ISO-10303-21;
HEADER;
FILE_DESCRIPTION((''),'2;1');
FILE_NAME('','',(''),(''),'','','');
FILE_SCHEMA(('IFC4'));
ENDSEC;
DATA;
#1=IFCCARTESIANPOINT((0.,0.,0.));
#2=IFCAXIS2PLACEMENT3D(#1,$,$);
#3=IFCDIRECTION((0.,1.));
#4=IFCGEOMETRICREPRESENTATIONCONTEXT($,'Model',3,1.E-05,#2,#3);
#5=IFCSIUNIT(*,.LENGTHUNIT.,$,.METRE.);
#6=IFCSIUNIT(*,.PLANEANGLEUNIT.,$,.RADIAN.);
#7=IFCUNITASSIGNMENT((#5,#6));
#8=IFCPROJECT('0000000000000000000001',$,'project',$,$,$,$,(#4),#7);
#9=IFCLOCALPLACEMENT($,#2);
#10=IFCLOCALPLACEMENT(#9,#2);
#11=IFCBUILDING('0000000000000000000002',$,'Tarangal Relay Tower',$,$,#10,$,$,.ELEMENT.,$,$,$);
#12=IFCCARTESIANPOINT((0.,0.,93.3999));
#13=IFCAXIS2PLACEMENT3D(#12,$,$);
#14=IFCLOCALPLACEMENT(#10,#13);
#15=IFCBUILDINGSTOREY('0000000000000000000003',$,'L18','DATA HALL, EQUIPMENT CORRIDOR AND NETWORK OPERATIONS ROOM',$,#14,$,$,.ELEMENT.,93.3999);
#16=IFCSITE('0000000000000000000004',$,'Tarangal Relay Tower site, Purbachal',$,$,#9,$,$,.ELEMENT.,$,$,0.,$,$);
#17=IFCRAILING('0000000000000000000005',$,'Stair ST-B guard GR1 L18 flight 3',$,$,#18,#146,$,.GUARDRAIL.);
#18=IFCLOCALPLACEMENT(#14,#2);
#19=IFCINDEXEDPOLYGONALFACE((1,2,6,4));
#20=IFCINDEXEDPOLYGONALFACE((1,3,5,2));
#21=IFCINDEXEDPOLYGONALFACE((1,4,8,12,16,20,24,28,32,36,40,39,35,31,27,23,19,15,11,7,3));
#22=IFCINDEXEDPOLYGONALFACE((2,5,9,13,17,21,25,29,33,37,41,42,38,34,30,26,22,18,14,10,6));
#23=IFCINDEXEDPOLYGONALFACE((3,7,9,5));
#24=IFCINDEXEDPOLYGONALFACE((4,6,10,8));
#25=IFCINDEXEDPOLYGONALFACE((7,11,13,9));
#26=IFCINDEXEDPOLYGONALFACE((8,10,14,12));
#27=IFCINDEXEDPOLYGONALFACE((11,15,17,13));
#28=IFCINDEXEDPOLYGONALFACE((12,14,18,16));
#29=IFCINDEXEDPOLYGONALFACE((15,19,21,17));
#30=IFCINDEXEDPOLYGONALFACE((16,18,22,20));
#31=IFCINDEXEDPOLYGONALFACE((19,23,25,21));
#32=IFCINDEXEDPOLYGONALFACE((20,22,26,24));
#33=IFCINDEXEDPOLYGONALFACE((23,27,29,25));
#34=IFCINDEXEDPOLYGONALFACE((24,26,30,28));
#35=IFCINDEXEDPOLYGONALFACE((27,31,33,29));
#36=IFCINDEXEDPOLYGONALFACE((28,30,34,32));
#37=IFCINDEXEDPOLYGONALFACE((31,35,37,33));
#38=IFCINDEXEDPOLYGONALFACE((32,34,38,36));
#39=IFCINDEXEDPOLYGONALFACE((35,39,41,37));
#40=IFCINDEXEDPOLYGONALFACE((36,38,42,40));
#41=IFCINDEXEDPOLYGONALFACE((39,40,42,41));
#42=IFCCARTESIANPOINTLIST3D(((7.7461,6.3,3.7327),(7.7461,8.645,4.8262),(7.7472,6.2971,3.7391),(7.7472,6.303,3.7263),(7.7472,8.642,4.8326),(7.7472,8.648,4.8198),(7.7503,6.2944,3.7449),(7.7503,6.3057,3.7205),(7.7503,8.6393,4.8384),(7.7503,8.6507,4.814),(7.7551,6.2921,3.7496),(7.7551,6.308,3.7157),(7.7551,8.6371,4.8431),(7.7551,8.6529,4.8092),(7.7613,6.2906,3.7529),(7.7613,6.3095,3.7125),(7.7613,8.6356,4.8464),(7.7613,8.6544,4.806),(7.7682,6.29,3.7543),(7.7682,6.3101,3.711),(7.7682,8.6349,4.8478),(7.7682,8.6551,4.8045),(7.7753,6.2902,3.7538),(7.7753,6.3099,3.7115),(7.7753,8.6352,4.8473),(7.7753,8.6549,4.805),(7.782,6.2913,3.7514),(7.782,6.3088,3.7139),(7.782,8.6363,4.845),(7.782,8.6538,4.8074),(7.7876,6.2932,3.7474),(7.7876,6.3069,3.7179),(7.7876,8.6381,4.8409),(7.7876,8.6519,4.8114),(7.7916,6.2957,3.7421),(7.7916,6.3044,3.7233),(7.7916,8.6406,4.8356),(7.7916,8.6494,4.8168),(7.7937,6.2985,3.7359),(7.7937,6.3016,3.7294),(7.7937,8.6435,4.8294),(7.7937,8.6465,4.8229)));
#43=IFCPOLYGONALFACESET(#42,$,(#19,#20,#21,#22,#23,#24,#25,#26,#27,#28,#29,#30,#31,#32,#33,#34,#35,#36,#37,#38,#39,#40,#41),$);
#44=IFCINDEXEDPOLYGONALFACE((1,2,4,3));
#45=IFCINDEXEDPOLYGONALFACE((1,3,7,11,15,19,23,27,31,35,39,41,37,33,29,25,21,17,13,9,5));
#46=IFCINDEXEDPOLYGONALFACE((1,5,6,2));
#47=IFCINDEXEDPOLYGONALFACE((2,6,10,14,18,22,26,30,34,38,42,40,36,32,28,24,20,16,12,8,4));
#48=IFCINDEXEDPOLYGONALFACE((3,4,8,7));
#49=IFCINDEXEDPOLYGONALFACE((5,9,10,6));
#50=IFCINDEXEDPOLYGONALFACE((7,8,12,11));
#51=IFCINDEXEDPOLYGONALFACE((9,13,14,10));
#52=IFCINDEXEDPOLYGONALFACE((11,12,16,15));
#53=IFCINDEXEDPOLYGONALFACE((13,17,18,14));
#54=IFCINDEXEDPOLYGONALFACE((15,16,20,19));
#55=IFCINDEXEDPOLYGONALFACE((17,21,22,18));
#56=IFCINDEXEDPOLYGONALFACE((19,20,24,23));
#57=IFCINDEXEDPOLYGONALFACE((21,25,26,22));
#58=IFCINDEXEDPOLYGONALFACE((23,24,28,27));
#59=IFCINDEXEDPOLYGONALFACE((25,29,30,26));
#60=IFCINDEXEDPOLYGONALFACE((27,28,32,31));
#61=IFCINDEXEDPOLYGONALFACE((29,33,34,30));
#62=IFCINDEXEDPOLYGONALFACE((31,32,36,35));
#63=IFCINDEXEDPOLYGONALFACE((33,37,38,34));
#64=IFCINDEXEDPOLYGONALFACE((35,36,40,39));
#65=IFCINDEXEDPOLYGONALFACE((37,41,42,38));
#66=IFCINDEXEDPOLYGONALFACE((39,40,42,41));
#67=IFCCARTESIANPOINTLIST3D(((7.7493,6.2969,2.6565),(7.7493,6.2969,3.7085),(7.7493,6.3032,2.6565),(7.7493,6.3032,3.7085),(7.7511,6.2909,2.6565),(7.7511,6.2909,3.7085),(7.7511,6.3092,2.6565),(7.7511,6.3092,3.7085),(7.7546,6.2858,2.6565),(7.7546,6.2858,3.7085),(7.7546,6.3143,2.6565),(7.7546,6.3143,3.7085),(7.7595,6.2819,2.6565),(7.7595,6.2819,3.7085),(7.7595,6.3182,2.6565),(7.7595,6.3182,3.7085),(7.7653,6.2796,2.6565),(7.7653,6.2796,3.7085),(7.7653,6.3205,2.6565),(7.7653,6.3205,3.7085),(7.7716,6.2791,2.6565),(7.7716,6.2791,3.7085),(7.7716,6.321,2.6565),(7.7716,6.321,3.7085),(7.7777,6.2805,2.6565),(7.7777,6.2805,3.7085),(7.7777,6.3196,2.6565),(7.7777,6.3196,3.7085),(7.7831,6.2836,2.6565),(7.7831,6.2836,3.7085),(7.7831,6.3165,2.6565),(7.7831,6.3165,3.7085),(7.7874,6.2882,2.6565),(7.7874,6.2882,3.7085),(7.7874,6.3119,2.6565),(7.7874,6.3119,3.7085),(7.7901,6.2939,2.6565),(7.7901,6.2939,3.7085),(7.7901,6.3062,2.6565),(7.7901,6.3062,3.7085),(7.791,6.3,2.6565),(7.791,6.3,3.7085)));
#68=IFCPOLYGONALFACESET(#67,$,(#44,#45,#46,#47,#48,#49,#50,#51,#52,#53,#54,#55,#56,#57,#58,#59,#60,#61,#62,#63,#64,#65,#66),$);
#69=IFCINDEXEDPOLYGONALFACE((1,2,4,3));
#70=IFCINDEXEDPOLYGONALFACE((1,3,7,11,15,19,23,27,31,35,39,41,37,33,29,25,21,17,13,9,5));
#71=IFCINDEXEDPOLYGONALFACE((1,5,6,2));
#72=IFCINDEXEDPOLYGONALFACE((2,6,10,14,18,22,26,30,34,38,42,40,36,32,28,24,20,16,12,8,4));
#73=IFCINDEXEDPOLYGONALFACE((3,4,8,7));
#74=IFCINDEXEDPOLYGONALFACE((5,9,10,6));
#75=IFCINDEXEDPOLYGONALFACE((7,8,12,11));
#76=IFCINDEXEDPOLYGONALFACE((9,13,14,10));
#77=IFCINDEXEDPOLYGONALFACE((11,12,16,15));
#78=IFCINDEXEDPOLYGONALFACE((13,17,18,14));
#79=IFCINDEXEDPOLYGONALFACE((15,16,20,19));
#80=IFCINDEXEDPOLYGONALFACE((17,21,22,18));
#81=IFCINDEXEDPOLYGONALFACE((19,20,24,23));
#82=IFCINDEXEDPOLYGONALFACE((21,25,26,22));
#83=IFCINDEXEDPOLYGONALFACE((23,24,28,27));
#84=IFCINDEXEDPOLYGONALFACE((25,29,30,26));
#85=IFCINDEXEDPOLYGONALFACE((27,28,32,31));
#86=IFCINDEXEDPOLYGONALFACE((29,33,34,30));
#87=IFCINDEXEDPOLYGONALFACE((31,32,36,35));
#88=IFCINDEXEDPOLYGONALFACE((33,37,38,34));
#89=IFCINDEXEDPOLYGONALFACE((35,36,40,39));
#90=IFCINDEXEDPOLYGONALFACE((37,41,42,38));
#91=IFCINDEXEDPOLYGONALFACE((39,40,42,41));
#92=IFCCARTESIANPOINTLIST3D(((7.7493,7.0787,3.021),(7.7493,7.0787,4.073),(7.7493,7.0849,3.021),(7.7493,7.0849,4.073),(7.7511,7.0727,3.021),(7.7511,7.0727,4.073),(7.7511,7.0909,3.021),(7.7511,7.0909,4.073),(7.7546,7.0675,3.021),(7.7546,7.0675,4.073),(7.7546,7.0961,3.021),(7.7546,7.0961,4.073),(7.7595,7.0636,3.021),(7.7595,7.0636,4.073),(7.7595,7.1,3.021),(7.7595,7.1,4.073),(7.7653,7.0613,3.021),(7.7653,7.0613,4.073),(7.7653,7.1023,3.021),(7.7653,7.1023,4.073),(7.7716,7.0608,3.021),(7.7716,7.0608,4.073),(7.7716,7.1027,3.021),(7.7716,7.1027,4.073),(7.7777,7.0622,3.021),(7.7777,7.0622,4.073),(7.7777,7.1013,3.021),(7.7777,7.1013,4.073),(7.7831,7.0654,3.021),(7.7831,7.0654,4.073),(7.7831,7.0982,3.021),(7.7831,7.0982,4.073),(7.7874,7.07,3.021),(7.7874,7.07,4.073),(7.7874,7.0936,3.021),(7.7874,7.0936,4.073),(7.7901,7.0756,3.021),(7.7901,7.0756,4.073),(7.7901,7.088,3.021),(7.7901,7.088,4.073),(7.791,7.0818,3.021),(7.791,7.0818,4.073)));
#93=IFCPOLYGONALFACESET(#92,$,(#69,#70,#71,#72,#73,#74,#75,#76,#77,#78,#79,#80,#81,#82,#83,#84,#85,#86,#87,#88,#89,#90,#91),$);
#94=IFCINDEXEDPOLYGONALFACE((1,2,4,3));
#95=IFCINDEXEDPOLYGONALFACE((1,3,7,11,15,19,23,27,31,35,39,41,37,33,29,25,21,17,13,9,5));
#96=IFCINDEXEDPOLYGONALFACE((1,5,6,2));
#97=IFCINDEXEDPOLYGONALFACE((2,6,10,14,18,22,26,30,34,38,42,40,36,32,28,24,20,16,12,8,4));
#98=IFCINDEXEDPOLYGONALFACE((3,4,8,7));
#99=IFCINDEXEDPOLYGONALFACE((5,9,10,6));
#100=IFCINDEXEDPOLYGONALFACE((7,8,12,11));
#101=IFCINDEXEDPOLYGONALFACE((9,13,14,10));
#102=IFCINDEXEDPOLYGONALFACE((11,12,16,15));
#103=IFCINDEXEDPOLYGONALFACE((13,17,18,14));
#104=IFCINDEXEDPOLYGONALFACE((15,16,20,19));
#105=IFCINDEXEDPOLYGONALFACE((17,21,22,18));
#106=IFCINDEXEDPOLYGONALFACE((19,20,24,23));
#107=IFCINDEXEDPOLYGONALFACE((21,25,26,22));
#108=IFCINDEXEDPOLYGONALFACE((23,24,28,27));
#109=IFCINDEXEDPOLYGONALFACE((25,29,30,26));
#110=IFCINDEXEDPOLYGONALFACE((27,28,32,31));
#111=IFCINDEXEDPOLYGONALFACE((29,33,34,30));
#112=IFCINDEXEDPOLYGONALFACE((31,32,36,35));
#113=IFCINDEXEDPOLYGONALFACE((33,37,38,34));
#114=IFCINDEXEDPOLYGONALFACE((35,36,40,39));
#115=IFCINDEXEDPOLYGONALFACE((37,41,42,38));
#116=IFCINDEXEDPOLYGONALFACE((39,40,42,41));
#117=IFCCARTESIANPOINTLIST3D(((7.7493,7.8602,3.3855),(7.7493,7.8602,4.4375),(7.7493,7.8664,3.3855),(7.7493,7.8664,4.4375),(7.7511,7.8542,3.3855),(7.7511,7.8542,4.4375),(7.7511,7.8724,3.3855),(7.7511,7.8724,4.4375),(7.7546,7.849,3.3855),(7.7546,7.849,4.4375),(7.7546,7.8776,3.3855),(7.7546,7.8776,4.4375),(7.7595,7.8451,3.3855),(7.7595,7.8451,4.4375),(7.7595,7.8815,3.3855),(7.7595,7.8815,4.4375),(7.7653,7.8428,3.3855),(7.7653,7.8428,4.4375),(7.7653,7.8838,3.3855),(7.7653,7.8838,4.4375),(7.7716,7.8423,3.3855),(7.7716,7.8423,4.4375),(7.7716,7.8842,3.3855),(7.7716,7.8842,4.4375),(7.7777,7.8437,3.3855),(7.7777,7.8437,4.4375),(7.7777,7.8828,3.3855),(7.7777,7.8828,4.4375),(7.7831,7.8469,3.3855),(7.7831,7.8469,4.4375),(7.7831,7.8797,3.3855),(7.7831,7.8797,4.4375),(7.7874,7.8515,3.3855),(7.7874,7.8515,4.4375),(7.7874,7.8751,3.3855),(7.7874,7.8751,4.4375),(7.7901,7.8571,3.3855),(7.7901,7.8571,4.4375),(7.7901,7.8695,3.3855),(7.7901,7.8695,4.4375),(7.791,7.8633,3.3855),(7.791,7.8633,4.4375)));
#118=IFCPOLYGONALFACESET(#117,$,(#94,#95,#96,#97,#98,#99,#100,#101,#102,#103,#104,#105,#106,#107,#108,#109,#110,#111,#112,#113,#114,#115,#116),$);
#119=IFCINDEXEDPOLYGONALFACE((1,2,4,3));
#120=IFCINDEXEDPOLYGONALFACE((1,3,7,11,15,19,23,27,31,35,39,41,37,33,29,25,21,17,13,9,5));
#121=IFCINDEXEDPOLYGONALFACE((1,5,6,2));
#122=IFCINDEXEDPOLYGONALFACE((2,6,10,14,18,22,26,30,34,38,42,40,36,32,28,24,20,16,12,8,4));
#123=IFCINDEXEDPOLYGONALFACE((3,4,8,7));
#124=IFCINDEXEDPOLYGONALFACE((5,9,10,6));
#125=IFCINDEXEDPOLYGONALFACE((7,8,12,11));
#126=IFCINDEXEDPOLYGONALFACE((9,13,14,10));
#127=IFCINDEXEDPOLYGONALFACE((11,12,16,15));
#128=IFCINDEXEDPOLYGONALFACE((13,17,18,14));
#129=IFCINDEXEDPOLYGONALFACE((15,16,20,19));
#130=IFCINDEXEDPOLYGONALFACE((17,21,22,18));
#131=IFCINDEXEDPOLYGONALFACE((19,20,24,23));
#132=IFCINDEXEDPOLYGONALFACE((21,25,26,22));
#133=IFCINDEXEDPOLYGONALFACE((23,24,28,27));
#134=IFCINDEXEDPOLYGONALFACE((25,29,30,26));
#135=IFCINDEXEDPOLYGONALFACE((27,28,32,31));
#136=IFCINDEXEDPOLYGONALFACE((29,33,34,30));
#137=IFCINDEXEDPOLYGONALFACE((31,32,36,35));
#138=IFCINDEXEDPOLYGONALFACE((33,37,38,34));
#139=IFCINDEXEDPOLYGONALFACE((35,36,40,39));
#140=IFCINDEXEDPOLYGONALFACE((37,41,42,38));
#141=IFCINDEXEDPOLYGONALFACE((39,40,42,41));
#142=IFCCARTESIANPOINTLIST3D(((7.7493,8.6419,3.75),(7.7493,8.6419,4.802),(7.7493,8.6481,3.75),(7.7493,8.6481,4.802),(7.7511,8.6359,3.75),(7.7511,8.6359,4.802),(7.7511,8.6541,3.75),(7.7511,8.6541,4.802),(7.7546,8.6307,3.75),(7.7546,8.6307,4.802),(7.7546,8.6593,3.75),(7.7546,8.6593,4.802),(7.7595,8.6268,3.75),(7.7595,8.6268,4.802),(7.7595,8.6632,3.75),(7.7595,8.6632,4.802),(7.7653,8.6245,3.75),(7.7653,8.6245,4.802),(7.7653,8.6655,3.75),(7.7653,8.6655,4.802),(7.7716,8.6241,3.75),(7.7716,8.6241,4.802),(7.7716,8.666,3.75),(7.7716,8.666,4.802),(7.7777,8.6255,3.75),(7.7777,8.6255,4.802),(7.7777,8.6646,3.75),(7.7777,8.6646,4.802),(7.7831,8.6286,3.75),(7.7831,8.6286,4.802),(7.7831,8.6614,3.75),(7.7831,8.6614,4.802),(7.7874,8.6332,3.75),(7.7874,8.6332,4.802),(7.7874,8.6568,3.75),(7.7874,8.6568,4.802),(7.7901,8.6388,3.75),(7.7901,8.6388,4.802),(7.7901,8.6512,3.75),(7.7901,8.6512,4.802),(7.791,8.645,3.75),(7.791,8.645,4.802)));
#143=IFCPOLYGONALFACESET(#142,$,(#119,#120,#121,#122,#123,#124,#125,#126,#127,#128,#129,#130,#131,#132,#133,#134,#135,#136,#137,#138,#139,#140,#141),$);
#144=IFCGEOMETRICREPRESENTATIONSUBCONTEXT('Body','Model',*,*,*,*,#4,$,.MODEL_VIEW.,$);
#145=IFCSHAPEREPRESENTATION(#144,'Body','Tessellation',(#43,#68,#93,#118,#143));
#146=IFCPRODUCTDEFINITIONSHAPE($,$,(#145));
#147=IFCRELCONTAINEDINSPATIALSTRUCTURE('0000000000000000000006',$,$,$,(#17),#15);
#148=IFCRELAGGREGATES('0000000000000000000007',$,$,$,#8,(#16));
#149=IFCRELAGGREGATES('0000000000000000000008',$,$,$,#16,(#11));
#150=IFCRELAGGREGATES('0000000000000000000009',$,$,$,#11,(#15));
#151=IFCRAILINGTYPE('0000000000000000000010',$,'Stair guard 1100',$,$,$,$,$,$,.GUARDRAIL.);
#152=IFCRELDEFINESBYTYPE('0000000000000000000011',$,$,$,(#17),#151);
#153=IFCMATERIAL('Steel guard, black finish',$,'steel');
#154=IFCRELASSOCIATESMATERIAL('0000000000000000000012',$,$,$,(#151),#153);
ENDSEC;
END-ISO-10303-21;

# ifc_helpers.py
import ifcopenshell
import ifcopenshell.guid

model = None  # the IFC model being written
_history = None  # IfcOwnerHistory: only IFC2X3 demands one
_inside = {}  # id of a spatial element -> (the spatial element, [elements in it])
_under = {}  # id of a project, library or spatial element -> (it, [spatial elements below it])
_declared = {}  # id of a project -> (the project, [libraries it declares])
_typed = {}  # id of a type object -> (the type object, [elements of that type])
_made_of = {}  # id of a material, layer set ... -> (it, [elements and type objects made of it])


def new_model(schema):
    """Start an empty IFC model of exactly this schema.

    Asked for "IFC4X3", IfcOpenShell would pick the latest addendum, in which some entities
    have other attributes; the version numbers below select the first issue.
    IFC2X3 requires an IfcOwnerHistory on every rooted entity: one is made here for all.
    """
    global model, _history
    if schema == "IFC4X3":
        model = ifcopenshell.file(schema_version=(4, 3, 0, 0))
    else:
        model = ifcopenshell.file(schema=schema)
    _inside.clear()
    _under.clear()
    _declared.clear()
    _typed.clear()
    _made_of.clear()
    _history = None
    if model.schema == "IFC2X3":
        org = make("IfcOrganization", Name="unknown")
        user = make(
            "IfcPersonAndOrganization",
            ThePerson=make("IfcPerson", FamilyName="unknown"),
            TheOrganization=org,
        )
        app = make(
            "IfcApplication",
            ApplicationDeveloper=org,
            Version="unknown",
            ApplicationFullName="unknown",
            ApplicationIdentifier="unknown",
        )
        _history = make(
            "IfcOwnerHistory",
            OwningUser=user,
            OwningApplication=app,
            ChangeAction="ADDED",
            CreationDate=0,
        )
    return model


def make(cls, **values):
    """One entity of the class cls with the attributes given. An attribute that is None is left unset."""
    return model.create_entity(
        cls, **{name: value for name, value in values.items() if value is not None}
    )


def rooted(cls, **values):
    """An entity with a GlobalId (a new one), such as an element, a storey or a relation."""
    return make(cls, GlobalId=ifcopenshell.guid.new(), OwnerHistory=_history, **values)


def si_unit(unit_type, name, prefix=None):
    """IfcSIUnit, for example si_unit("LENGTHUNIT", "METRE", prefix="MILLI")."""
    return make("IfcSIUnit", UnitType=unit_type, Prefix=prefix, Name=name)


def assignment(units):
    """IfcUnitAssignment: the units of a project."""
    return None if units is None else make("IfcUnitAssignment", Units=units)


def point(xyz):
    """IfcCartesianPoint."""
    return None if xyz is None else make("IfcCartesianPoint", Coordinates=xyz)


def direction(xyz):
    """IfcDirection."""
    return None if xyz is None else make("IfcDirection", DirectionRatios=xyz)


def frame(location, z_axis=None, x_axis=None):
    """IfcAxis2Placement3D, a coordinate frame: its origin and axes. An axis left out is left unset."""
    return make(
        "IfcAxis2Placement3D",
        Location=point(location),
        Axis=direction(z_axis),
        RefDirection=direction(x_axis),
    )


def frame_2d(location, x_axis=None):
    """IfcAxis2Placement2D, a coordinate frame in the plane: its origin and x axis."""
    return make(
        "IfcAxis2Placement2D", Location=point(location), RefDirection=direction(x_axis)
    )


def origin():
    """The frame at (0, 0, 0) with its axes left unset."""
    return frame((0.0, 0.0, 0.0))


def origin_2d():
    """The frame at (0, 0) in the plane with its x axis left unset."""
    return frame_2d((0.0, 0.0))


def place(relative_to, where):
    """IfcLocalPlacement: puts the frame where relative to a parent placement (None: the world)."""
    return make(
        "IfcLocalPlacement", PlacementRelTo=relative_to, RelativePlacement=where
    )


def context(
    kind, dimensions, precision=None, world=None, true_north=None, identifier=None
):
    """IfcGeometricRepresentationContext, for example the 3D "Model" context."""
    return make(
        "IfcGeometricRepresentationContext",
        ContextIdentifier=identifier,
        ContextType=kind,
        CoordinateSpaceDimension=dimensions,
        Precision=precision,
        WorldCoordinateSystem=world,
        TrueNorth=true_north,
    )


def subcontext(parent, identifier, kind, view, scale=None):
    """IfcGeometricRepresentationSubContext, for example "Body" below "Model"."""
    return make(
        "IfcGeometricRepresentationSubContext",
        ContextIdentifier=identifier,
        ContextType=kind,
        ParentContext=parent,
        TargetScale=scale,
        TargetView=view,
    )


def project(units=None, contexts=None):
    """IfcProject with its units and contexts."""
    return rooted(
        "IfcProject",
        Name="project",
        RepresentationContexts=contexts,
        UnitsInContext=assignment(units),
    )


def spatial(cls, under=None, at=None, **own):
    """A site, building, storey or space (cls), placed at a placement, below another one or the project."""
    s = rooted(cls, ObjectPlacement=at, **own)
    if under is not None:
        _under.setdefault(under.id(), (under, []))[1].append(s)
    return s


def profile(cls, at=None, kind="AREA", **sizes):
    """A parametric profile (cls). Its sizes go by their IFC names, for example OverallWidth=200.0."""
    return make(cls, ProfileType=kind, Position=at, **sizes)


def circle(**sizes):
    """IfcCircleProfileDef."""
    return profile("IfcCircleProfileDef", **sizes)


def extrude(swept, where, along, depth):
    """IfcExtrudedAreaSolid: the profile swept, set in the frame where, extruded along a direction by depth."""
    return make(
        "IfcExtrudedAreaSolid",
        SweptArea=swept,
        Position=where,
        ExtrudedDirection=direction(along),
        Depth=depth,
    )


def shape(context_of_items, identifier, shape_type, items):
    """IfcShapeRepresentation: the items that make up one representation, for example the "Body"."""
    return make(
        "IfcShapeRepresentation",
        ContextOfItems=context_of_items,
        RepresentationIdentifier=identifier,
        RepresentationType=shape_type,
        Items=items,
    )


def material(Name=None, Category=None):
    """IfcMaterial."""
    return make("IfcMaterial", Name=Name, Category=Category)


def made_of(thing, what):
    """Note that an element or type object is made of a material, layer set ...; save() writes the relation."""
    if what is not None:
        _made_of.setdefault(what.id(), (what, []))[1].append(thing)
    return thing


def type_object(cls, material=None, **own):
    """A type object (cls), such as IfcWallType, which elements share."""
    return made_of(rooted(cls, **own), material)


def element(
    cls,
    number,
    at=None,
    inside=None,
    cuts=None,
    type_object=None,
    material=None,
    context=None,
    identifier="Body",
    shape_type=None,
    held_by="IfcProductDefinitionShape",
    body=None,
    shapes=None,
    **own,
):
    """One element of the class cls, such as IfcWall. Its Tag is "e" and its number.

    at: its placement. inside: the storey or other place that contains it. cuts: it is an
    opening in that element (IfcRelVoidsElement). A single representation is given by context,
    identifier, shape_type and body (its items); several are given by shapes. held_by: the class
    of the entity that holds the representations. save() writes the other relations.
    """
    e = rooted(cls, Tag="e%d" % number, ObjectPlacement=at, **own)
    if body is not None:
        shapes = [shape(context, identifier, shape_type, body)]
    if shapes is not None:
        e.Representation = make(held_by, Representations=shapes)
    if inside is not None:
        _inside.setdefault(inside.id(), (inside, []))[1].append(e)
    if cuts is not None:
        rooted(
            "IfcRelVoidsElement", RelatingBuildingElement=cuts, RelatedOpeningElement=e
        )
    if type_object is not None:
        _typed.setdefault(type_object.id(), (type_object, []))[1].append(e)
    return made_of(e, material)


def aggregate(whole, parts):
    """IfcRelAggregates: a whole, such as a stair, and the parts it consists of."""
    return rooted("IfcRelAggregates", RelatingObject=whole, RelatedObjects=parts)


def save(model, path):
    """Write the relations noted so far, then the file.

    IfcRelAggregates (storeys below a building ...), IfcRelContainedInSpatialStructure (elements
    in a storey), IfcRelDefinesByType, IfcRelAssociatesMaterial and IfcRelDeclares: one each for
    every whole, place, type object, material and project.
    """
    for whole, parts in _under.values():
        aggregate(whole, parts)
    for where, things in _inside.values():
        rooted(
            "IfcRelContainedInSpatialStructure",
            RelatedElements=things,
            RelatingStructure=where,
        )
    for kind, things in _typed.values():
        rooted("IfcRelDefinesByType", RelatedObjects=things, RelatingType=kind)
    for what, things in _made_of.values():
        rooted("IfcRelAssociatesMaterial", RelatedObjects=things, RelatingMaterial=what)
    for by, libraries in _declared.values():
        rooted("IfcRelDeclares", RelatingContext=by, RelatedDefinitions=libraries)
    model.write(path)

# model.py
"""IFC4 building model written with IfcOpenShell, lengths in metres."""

from ifc_helpers import new_model, si_unit, direction, frame, origin, origin_2d, place, context, subcontext, project, spatial, circle, extrude, material, type_object, element, save


model = new_model("IFC4")

# Units and contexts
model_context = context("Model", 3, precision=1e-05, world=origin(), true_north=direction((0.0, 1.0)))
body_context = subcontext(model_context, "Body", "Model", "MODEL_VIEW")
ifc_project = project(units=[si_unit("LENGTHUNIT", "METRE"), si_unit("PLANEANGLEUNIT", "RADIAN")], contexts=[model_context])

# Site, building, storey
site_placement = place(None, origin())
site = spatial("IfcSite", under=ifc_project, at=site_placement, Name="Tarangal Relay Tower site, Purbachal", CompositionType="ELEMENT", RefElevation=0.0)
building_placement = place(site_placement, origin())
building = spatial("IfcBuilding", under=site, at=building_placement, Name="Tarangal Relay Tower", CompositionType="ELEMENT")
storey_placement = place(building_placement, frame((0.0, 0.0, 93.3999)))
storey = spatial("IfcBuildingStorey", under=building, at=storey_placement, Name="L18", Description="DATA HALL, EQUIPMENT CORRIDOR AND NETWORK OPERATIONS ROOM", CompositionType="ELEMENT", Elevation=93.3999)

# Railing
ifc_material_1 = material(Name="Steel guard, black finish", Category="steel")
railing_type_1 = type_object("IfcRailingType", Name="Stair guard 1100", PredefinedType="GUARDRAIL", material=ifc_material_1)
railing_1_placement = place(storey_placement, frame((7.77, 6.3, 2.6565)))
element("IfcRailing", 1, at=railing_1_placement, inside=storey, type_object=railing_type_1, Name="Stair ST-B guard GR1 L18 flight 3", PredefinedType="GUARDRAIL", context=body_context, shape_type="SweptSolid", body=[
    extrude(circle(Radius=0.0239, at=origin_2d()), frame((0.0, 0.0, 1.0762), z_axis=(0.0, 0.906304, 0.422627), x_axis=(-1.0, 0.0, 0.0)), (0.0, 0.0, 1.0), 2.5874),
    extrude(circle(Radius=0.021, at=origin_2d()), origin(), (0.0, 0.0, 1.0), 1.052),
    extrude(circle(Radius=0.021, at=origin_2d()), frame((0.0, 0.7817, 0.3645)), (0.0, 0.0, 1.0), 1.052),
    extrude(circle(Radius=0.021, at=origin_2d()), frame((0.0, 1.5632, 0.729)), (0.0, 0.0, 1.0), 1.052),
    extrude(circle(Radius=0.021, at=origin_2d()), frame((0.0, 2.345, 1.0935)), (0.0, 0.0, 1.0), 1.052),
])

save(model, "model.ifc")
